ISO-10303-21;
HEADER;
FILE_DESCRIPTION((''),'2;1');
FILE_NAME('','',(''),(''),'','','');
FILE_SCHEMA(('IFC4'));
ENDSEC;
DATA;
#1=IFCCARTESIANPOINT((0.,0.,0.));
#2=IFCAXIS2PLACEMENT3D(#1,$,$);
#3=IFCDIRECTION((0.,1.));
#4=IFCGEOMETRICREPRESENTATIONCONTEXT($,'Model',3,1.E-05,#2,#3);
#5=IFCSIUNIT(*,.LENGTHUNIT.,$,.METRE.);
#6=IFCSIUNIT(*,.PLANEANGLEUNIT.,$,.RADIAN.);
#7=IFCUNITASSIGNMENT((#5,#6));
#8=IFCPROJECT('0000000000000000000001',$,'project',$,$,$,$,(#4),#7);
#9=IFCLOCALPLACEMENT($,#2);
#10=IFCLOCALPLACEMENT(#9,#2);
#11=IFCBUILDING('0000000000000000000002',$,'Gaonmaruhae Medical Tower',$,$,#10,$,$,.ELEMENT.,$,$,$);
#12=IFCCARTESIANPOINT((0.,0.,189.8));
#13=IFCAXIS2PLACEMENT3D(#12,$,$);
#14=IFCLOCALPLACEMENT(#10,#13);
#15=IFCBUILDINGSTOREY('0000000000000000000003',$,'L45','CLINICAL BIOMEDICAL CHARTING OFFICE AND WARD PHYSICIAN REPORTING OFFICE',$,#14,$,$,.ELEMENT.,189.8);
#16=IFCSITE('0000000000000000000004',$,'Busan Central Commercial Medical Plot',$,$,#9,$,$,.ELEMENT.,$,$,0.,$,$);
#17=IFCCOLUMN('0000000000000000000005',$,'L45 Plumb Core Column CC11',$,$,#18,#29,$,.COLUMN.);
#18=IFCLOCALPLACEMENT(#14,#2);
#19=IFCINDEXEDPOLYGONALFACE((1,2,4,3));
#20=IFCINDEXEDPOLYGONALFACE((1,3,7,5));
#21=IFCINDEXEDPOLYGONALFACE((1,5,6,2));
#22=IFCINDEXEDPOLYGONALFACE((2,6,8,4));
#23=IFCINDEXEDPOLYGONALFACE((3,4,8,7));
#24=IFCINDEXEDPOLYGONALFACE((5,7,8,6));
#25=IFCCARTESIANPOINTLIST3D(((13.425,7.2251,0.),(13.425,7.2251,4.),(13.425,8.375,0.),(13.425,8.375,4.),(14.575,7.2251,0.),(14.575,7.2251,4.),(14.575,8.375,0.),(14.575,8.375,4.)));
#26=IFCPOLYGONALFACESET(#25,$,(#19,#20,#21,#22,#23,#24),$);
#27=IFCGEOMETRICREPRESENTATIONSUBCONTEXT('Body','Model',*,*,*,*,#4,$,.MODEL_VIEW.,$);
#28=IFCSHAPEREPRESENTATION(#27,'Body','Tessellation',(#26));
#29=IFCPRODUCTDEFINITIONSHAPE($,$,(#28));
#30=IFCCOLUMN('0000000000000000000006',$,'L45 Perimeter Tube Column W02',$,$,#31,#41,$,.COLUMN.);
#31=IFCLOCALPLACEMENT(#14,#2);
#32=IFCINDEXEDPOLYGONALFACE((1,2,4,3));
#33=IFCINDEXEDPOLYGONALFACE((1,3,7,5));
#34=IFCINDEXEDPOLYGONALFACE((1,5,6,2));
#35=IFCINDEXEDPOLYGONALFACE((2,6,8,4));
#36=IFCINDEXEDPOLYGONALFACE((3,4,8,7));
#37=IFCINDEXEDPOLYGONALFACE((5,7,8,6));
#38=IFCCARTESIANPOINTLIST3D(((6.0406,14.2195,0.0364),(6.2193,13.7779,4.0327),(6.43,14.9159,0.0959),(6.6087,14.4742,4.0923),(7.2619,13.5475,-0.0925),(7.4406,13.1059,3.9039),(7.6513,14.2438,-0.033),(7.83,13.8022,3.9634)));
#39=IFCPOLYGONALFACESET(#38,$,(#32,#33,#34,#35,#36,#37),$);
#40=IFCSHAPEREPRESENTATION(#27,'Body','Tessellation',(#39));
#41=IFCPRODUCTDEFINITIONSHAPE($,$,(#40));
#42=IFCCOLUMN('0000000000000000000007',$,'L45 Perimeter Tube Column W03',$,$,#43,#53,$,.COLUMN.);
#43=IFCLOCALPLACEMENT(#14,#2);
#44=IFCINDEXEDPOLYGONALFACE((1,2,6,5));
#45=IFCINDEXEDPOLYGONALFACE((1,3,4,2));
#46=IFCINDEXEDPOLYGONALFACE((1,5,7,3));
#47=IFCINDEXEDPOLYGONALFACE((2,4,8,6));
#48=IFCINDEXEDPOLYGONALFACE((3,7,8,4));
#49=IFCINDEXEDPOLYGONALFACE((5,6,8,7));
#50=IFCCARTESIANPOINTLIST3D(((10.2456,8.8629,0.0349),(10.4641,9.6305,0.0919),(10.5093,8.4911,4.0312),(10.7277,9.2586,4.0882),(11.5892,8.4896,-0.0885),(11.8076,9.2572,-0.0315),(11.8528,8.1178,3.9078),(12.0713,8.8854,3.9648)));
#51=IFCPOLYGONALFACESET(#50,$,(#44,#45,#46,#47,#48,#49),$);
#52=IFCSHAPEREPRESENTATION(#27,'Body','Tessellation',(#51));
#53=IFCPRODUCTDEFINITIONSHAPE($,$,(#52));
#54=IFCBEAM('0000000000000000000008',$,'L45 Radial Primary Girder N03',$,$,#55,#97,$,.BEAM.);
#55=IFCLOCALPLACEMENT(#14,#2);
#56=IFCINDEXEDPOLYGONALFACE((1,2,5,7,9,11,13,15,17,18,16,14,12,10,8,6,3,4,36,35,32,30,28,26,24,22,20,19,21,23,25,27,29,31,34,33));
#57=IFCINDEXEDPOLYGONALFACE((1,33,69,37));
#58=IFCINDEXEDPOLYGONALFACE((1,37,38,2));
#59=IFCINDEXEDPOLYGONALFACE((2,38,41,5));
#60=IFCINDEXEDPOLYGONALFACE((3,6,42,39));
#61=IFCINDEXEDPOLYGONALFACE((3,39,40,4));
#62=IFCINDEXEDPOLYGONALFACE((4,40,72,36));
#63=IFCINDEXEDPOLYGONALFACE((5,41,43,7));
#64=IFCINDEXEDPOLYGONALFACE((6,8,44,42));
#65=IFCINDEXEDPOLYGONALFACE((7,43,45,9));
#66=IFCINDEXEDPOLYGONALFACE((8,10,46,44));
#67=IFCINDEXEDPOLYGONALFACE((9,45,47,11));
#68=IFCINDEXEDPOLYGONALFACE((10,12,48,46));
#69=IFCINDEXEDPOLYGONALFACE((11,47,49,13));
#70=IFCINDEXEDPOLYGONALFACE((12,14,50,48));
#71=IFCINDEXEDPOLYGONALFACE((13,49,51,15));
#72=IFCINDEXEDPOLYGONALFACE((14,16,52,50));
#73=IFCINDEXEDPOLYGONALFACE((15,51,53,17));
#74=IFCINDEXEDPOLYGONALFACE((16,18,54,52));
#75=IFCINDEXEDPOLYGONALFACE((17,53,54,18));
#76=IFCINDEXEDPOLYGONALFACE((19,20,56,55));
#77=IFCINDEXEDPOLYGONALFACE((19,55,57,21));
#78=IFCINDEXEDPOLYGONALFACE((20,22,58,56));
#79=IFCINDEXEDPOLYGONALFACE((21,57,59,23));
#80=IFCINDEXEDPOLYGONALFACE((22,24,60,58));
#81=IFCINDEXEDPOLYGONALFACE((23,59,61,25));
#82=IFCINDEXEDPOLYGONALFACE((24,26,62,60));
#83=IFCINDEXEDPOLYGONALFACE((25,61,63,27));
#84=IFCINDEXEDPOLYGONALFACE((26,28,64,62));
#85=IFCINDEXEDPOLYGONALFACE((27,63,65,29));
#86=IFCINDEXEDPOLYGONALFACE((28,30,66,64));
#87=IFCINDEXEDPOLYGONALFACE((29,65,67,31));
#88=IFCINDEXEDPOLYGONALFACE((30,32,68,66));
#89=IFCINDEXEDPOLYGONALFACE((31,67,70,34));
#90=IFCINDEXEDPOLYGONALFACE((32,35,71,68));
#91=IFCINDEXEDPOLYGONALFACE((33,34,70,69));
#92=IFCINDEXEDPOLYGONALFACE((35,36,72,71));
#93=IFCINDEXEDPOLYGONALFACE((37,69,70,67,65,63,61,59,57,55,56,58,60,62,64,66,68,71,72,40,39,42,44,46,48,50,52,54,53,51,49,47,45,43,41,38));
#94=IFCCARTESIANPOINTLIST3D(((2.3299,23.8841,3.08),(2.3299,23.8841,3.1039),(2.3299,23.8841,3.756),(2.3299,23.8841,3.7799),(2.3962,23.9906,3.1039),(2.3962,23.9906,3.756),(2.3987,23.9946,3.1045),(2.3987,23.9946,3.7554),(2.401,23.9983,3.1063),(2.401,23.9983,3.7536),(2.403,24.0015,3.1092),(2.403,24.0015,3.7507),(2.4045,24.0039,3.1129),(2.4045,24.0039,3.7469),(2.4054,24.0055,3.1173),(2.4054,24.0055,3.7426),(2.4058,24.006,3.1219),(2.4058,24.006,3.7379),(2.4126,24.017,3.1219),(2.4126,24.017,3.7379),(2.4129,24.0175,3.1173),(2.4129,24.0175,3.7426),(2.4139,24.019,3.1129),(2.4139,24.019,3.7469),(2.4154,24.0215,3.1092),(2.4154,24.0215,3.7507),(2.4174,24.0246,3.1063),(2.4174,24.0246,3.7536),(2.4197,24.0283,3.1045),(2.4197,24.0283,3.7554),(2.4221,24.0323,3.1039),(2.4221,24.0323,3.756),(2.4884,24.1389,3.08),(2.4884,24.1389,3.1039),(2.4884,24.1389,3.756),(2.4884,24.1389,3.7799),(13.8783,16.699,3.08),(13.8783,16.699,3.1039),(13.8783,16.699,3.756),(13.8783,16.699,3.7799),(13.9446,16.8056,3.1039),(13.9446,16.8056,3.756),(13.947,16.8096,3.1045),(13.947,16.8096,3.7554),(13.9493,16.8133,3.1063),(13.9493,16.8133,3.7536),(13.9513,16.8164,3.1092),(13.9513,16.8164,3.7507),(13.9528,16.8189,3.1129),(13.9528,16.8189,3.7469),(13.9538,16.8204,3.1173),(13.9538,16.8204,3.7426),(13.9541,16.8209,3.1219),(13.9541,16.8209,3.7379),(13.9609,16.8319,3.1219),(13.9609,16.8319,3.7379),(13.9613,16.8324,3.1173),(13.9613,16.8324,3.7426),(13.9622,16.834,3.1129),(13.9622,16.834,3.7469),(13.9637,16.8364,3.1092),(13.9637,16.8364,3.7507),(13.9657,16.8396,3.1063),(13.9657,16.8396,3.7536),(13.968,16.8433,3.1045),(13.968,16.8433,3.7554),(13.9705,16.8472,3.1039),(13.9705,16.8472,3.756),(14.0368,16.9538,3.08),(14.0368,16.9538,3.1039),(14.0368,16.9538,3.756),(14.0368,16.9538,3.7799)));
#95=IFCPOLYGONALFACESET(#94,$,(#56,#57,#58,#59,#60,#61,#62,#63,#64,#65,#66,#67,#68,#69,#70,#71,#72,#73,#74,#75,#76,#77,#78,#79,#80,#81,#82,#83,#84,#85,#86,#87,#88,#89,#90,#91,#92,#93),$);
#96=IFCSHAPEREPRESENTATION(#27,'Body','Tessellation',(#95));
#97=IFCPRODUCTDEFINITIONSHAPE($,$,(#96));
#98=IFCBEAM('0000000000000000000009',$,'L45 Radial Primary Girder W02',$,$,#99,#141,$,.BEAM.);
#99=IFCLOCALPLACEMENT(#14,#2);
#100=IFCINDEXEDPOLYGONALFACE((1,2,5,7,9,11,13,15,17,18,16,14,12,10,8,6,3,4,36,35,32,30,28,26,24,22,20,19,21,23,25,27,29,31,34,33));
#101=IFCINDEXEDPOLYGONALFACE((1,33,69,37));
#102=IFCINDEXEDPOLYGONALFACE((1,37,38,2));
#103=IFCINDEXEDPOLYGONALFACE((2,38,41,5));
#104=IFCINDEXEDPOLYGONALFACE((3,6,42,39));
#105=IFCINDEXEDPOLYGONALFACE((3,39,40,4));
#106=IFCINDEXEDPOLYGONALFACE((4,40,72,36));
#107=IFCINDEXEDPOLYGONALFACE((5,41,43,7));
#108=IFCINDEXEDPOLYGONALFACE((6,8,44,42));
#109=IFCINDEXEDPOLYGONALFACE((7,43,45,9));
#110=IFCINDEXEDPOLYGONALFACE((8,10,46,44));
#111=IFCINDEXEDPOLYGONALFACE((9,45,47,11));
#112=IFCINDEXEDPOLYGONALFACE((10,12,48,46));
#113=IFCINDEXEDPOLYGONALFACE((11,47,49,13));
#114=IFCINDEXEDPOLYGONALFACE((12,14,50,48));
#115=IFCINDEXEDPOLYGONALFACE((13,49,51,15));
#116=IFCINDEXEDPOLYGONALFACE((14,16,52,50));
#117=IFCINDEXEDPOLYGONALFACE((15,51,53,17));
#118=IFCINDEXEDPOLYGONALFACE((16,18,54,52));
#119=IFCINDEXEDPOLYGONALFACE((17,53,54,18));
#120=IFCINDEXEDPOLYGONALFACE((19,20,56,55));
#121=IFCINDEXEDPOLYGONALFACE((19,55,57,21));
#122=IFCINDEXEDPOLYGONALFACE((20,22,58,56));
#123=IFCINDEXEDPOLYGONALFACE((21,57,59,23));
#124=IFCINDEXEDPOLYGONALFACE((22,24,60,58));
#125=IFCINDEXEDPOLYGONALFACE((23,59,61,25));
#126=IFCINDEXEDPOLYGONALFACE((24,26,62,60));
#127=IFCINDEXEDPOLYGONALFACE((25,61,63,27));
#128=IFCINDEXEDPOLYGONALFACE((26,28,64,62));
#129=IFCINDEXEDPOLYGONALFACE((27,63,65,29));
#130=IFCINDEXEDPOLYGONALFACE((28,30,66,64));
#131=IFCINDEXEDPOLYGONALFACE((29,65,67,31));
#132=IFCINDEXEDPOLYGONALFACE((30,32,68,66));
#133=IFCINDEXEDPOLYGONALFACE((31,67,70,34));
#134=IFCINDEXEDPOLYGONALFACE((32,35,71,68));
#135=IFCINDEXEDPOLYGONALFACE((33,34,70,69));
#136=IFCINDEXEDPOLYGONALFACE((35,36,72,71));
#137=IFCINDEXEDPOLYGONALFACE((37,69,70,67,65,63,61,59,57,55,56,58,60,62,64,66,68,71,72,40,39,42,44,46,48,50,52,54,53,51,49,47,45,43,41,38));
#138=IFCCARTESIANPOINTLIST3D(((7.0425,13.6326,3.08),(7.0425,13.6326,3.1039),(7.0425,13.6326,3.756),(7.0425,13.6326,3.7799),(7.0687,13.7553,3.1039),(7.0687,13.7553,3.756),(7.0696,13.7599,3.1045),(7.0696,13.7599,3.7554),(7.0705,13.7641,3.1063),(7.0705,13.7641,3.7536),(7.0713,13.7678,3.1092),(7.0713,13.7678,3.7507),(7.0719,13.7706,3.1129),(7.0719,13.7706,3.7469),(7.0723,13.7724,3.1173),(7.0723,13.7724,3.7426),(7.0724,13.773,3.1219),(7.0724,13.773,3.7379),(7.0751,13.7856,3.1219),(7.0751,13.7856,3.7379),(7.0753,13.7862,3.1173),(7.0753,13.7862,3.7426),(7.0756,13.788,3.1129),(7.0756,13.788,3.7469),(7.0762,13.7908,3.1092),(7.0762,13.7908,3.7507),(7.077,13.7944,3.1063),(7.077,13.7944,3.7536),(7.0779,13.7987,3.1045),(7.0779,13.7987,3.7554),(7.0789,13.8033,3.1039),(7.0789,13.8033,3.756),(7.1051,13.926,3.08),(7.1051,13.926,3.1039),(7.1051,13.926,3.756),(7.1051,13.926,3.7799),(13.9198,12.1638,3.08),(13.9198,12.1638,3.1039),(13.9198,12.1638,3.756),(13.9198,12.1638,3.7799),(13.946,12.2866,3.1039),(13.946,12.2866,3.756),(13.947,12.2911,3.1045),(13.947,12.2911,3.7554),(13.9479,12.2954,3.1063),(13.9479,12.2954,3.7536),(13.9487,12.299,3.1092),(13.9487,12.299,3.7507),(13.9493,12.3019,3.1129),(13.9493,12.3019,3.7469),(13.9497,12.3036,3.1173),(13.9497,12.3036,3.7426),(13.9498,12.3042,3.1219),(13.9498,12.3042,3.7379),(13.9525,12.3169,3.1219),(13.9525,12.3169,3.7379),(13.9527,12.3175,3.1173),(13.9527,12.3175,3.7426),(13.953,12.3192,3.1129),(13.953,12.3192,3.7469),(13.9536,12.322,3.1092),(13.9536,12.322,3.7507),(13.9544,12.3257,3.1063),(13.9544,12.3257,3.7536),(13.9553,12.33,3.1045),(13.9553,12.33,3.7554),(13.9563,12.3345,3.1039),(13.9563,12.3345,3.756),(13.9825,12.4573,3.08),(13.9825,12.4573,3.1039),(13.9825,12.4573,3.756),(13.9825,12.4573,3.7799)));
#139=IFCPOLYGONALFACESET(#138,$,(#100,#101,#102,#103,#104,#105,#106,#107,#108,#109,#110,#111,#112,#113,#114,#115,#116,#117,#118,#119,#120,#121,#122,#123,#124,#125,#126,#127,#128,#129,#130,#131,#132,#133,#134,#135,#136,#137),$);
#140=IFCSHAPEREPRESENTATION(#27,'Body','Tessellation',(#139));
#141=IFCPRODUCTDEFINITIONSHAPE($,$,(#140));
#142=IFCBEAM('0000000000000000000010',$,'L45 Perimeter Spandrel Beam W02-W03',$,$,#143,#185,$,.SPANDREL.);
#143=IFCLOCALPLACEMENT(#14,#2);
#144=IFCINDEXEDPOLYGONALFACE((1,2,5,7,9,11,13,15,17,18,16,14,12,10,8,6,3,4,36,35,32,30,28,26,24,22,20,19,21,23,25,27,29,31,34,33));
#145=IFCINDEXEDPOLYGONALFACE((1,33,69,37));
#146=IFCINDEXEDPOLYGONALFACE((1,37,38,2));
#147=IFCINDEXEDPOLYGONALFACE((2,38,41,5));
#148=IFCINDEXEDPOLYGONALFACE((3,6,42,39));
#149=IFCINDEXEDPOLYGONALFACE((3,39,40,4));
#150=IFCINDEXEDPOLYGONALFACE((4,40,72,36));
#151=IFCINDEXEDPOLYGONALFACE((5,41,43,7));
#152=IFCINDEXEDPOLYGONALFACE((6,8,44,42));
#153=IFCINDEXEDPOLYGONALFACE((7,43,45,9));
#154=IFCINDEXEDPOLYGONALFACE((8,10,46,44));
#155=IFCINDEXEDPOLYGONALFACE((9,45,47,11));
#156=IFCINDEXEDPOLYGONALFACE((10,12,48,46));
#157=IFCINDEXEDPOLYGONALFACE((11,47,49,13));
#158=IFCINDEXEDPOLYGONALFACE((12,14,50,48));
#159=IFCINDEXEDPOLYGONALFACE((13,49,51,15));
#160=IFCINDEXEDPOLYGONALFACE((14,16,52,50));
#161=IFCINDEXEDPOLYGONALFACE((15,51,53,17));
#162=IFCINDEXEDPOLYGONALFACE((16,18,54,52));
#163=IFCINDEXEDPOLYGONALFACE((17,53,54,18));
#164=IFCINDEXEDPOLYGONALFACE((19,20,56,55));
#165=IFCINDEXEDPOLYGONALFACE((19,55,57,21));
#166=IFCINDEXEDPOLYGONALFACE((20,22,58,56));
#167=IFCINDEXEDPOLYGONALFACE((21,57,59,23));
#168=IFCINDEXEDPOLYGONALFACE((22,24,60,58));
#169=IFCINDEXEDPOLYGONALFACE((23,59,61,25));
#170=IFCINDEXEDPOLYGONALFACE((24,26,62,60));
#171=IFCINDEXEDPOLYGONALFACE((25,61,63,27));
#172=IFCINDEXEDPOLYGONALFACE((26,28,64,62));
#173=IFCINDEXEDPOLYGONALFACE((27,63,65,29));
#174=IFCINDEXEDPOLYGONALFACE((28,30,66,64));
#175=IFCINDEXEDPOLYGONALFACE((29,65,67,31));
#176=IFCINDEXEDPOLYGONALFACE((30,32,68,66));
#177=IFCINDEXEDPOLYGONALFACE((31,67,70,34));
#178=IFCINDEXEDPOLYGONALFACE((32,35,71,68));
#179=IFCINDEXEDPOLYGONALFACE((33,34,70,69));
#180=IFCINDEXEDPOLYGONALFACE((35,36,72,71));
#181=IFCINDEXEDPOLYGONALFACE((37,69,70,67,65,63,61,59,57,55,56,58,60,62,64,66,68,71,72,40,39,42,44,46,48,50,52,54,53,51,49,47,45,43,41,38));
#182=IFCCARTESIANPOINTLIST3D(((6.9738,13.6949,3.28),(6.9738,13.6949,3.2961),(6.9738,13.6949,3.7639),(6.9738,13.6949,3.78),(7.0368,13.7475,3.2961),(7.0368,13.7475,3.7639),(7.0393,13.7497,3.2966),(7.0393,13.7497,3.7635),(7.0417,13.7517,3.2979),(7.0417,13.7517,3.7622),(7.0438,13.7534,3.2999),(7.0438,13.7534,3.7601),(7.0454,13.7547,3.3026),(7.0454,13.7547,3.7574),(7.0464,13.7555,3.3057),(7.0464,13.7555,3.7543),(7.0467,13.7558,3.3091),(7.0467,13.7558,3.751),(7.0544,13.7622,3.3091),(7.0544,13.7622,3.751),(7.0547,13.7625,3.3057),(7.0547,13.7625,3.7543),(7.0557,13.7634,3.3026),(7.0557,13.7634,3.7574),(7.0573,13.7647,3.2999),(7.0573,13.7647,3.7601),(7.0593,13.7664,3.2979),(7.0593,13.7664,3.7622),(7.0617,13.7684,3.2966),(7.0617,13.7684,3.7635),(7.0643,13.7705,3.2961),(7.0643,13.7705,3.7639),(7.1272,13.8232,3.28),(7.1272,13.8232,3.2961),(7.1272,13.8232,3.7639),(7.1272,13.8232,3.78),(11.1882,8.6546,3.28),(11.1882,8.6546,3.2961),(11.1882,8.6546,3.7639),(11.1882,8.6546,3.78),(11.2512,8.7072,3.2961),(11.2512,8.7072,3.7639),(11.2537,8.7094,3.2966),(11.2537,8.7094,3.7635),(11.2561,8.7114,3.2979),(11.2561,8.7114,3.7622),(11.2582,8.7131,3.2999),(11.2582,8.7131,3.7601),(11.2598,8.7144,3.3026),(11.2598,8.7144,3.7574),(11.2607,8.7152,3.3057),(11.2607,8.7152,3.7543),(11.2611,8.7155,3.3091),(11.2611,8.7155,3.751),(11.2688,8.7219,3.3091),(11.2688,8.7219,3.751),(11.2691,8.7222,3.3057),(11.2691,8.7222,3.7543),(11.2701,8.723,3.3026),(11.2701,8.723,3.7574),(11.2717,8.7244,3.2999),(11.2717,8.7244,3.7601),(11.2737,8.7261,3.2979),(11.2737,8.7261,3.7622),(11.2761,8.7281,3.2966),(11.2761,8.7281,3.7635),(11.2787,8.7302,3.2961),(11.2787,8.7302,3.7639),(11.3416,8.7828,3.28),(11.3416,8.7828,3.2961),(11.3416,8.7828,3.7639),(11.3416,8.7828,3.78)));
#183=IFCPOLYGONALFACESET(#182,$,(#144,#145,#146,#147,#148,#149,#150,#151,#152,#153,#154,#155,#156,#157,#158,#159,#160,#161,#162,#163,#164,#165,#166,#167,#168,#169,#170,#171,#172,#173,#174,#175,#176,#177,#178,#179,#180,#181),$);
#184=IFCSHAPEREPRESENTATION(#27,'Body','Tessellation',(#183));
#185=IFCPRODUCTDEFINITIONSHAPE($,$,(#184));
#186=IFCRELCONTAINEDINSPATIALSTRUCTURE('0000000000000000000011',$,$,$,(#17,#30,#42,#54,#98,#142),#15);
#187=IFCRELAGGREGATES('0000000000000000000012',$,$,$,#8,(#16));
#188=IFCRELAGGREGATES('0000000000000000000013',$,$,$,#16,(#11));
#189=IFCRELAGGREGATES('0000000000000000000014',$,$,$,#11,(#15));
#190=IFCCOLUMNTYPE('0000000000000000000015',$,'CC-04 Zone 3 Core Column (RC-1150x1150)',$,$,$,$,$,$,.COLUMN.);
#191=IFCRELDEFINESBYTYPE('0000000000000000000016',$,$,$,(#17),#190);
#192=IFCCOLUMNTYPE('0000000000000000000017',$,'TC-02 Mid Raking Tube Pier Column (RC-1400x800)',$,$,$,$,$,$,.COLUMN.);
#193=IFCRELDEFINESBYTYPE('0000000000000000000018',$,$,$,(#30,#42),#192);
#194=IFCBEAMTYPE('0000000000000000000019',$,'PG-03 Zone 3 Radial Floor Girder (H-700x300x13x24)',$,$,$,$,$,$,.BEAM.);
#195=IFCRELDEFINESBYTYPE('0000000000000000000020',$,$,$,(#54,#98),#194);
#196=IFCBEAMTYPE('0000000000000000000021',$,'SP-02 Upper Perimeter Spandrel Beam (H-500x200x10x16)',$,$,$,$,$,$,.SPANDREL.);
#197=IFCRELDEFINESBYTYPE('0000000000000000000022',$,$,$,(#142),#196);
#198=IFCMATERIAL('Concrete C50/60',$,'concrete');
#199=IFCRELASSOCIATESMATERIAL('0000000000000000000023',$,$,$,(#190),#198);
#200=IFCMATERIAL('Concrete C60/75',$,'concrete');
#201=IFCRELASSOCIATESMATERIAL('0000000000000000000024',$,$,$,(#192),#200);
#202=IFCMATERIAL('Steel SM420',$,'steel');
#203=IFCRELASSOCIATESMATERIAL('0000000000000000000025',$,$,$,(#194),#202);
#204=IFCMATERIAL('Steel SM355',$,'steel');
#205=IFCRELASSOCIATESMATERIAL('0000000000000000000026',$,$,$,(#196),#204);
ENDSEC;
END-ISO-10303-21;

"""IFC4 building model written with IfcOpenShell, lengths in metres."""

from ifc_helpers import new_model, si_unit, direction, frame, origin, origin_2d, place, context, subcontext, project, spatial, rectangle, i_section, extrude, material, material_profile, profile_set, type_object, element, save


model = new_model("IFC4")

# Units and contexts
model_context = context("Model", 3, precision=1e-05, world=origin(), true_north=direction((0.0, 1.0)))
body_context = subcontext(model_context, "Body", "Model", "MODEL_VIEW")
ifc_project = project(units=[si_unit("LENGTHUNIT", "METRE"), si_unit("PLANEANGLEUNIT", "RADIAN")], contexts=[model_context])

# Site, building, storey
site_placement = place(None, origin())
site = spatial("IfcSite", under=ifc_project, at=site_placement, Name="Busan Central Commercial Medical Plot", CompositionType="ELEMENT", RefElevation=0.0)
building_placement = place(site_placement, origin())
building = spatial("IfcBuilding", under=site, at=building_placement, Name="Gaonmaruhae Medical Tower", CompositionType="ELEMENT")
storey_placement = place(building_placement, frame((0.0, 0.0, 189.8)))
storey = spatial("IfcBuildingStorey", under=building, at=storey_placement, Name="L45", Description="CLINICAL BIOMEDICAL CHARTING OFFICE AND WARD PHYSICIAN REPORTING OFFICE", CompositionType="ELEMENT", Elevation=189.8)

# Columns
ifc_material_1 = material(Name="Concrete C50/60", Category="concrete")
ifc_material_profile_1 = material_profile(ifc_material_1, rectangle(XDim=1.1499, YDim=1.1499, at=origin_2d()), Name="RC-1150x1150")
ifc_profile_set_1 = profile_set([ifc_material_profile_1], Name="Concrete C50/60")
column_type_1 = type_object("IfcColumnType", Name="CC-04 Zone 3 Core Column (RC-1150x1150)", PredefinedType="COLUMN", material=ifc_profile_set_1)
column_1_placement = place(storey_placement, frame((14.0, 7.8, 0.0), z_axis=(0.0, 0.0, 1.0), x_axis=(1.0, 0.0, 0.0)))
element("IfcColumn", 1, at=column_1_placement, inside=storey, type_object=column_type_1, Name="L45 Plumb Core Column CC11", PredefinedType="COLUMN", context=body_context, shape_type="SweptSolid", body=[
    extrude(rectangle(XDim=1.1499, YDim=1.1499, at=origin_2d()), origin(), (0.0, 0.0, 1.0), 4.0),
])
ifc_material_2 = material(Name="Concrete C60/75", Category="concrete")
ifc_material_profile_2 = material_profile(ifc_material_2, rectangle(XDim=1.3999, YDim=0.8, at=origin_2d()), Name="RC-1400x800")
ifc_profile_set_2 = profile_set([ifc_material_profile_2], Name="Concrete C60/75")
column_type_2 = type_object("IfcColumnType", Name="TC-02 Mid Raking Tube Pier Column (RC-1400x800)", PredefinedType="COLUMN", material=ifc_profile_set_2)
column_2_placement = place(storey_placement, frame((6.8459, 14.2317, 0.0017), z_axis=(0.044404, -0.109737, 0.992968), x_axis=(-0.872403, 0.48004, 0.092064)))
element("IfcColumn", 2, at=column_2_placement, inside=storey, type_object=column_type_2, Name="L45 Perimeter Tube Column W02", PredefinedType="COLUMN", context=body_context, shape_type="SweptSolid", body=[
    extrude(rectangle(XDim=1.3999, YDim=0.8, at=origin_2d()), origin(), (0.0, 0.0, 1.0), 4.0247),
])
column_3_placement = place(storey_placement, frame((11.0266, 9.0601, 0.0017), z_axis=(0.065553, -0.092442, 0.993558), x_axis=(-0.959753, 0.266657, 0.088133)))
element("IfcColumn", 3, at=column_3_placement, inside=storey, type_object=column_type_2, Name="L45 Perimeter Tube Column W03", PredefinedType="COLUMN", context=body_context, shape_type="SweptSolid", body=[
    extrude(rectangle(XDim=1.3999, YDim=0.8, at=origin_2d()), origin(), (0.0, 0.0, 1.0), 4.0222),
])

# Beams
ifc_material_3 = material(Name="Steel SM420", Category="steel")
ifc_material_profile_3 = material_profile(ifc_material_3, i_section(OverallWidth=0.3, OverallDepth=0.7, WebThickness=0.0129, FlangeThickness=0.0239, FilletRadius=0.0181, at=origin_2d()), Name="H-700x300x13x24")
ifc_profile_set_3 = profile_set([ifc_material_profile_3], Name="Steel SM420")
beam_type_1 = type_object("IfcBeamType", Name="PG-03 Zone 3 Radial Floor Girder (H-700x300x13x24)", PredefinedType="BEAM", material=ifc_profile_set_3)
beam_1_placement = place(storey_placement, frame((13.9575, 16.8264, 3.4299), z_axis=(-0.849076, 0.528271, 0.0), x_axis=(-0.528271, -0.849076, 0.0)))
element("IfcBeam", 4, at=beam_1_placement, inside=storey, type_object=beam_type_1, Name="L45 Radial Primary Girder N03", PredefinedType="BEAM", context=body_context, shape_type="SweptSolid", body=[
    extrude(i_section(OverallWidth=0.3, OverallDepth=0.7, WebThickness=0.0129, FlangeThickness=0.0239, FilletRadius=0.0181, at=origin_2d()), origin(), (0.0, 0.0, 1.0), 13.6011),
])
beam_2_placement = place(storey_placement, frame((13.9512, 12.3105, 3.4299), z_axis=(-0.977947, 0.208851, 0.0), x_axis=(-0.208851, -0.977947, 0.0)))
element("IfcBeam", 5, at=beam_2_placement, inside=storey, type_object=beam_type_1, Name="L45 Radial Primary Girder W02", PredefinedType="BEAM", context=body_context, shape_type="SweptSolid", body=[
    extrude(i_section(OverallWidth=0.3, OverallDepth=0.7, WebThickness=0.0129, FlangeThickness=0.0239, FilletRadius=0.0181, at=origin_2d()), origin(), (0.0, 0.0, 1.0), 7.0325),
])
ifc_material_4 = material(Name="Steel SM355", Category="steel")
ifc_material_profile_4 = material_profile(ifc_material_4, i_section(OverallWidth=0.2, OverallDepth=0.5, WebThickness=0.01, FlangeThickness=0.0161, FilletRadius=0.0129, at=origin_2d()), Name="H-500x200x10x16")
ifc_profile_set_4 = profile_set([ifc_material_profile_4], Name="Steel SM355")
beam_type_2 = type_object("IfcBeamType", Name="SP-02 Upper Perimeter Spandrel Beam (H-500x200x10x16)", PredefinedType="SPANDREL", material=ifc_profile_set_4)
beam_3_placement = place(storey_placement, frame((7.0505, 13.759, 3.53), z_axis=(0.641452, -0.767163, 0.0), x_axis=(0.767163, 0.641452, 0.0)))
element("IfcBeam", 6, at=beam_3_placement, inside=storey, type_object=beam_type_2, Name="L45 Perimeter Spandrel Beam W02-W03", PredefinedType="SPANDREL", context=body_context, shape_type="SweptSolid", body=[
    extrude(i_section(OverallWidth=0.2, OverallDepth=0.5, WebThickness=0.01, FlangeThickness=0.0161, FilletRadius=0.0129, at=origin_2d()), origin(), (0.0, 0.0, 1.0), 6.5701),
])

save(model, "model.ifc")
